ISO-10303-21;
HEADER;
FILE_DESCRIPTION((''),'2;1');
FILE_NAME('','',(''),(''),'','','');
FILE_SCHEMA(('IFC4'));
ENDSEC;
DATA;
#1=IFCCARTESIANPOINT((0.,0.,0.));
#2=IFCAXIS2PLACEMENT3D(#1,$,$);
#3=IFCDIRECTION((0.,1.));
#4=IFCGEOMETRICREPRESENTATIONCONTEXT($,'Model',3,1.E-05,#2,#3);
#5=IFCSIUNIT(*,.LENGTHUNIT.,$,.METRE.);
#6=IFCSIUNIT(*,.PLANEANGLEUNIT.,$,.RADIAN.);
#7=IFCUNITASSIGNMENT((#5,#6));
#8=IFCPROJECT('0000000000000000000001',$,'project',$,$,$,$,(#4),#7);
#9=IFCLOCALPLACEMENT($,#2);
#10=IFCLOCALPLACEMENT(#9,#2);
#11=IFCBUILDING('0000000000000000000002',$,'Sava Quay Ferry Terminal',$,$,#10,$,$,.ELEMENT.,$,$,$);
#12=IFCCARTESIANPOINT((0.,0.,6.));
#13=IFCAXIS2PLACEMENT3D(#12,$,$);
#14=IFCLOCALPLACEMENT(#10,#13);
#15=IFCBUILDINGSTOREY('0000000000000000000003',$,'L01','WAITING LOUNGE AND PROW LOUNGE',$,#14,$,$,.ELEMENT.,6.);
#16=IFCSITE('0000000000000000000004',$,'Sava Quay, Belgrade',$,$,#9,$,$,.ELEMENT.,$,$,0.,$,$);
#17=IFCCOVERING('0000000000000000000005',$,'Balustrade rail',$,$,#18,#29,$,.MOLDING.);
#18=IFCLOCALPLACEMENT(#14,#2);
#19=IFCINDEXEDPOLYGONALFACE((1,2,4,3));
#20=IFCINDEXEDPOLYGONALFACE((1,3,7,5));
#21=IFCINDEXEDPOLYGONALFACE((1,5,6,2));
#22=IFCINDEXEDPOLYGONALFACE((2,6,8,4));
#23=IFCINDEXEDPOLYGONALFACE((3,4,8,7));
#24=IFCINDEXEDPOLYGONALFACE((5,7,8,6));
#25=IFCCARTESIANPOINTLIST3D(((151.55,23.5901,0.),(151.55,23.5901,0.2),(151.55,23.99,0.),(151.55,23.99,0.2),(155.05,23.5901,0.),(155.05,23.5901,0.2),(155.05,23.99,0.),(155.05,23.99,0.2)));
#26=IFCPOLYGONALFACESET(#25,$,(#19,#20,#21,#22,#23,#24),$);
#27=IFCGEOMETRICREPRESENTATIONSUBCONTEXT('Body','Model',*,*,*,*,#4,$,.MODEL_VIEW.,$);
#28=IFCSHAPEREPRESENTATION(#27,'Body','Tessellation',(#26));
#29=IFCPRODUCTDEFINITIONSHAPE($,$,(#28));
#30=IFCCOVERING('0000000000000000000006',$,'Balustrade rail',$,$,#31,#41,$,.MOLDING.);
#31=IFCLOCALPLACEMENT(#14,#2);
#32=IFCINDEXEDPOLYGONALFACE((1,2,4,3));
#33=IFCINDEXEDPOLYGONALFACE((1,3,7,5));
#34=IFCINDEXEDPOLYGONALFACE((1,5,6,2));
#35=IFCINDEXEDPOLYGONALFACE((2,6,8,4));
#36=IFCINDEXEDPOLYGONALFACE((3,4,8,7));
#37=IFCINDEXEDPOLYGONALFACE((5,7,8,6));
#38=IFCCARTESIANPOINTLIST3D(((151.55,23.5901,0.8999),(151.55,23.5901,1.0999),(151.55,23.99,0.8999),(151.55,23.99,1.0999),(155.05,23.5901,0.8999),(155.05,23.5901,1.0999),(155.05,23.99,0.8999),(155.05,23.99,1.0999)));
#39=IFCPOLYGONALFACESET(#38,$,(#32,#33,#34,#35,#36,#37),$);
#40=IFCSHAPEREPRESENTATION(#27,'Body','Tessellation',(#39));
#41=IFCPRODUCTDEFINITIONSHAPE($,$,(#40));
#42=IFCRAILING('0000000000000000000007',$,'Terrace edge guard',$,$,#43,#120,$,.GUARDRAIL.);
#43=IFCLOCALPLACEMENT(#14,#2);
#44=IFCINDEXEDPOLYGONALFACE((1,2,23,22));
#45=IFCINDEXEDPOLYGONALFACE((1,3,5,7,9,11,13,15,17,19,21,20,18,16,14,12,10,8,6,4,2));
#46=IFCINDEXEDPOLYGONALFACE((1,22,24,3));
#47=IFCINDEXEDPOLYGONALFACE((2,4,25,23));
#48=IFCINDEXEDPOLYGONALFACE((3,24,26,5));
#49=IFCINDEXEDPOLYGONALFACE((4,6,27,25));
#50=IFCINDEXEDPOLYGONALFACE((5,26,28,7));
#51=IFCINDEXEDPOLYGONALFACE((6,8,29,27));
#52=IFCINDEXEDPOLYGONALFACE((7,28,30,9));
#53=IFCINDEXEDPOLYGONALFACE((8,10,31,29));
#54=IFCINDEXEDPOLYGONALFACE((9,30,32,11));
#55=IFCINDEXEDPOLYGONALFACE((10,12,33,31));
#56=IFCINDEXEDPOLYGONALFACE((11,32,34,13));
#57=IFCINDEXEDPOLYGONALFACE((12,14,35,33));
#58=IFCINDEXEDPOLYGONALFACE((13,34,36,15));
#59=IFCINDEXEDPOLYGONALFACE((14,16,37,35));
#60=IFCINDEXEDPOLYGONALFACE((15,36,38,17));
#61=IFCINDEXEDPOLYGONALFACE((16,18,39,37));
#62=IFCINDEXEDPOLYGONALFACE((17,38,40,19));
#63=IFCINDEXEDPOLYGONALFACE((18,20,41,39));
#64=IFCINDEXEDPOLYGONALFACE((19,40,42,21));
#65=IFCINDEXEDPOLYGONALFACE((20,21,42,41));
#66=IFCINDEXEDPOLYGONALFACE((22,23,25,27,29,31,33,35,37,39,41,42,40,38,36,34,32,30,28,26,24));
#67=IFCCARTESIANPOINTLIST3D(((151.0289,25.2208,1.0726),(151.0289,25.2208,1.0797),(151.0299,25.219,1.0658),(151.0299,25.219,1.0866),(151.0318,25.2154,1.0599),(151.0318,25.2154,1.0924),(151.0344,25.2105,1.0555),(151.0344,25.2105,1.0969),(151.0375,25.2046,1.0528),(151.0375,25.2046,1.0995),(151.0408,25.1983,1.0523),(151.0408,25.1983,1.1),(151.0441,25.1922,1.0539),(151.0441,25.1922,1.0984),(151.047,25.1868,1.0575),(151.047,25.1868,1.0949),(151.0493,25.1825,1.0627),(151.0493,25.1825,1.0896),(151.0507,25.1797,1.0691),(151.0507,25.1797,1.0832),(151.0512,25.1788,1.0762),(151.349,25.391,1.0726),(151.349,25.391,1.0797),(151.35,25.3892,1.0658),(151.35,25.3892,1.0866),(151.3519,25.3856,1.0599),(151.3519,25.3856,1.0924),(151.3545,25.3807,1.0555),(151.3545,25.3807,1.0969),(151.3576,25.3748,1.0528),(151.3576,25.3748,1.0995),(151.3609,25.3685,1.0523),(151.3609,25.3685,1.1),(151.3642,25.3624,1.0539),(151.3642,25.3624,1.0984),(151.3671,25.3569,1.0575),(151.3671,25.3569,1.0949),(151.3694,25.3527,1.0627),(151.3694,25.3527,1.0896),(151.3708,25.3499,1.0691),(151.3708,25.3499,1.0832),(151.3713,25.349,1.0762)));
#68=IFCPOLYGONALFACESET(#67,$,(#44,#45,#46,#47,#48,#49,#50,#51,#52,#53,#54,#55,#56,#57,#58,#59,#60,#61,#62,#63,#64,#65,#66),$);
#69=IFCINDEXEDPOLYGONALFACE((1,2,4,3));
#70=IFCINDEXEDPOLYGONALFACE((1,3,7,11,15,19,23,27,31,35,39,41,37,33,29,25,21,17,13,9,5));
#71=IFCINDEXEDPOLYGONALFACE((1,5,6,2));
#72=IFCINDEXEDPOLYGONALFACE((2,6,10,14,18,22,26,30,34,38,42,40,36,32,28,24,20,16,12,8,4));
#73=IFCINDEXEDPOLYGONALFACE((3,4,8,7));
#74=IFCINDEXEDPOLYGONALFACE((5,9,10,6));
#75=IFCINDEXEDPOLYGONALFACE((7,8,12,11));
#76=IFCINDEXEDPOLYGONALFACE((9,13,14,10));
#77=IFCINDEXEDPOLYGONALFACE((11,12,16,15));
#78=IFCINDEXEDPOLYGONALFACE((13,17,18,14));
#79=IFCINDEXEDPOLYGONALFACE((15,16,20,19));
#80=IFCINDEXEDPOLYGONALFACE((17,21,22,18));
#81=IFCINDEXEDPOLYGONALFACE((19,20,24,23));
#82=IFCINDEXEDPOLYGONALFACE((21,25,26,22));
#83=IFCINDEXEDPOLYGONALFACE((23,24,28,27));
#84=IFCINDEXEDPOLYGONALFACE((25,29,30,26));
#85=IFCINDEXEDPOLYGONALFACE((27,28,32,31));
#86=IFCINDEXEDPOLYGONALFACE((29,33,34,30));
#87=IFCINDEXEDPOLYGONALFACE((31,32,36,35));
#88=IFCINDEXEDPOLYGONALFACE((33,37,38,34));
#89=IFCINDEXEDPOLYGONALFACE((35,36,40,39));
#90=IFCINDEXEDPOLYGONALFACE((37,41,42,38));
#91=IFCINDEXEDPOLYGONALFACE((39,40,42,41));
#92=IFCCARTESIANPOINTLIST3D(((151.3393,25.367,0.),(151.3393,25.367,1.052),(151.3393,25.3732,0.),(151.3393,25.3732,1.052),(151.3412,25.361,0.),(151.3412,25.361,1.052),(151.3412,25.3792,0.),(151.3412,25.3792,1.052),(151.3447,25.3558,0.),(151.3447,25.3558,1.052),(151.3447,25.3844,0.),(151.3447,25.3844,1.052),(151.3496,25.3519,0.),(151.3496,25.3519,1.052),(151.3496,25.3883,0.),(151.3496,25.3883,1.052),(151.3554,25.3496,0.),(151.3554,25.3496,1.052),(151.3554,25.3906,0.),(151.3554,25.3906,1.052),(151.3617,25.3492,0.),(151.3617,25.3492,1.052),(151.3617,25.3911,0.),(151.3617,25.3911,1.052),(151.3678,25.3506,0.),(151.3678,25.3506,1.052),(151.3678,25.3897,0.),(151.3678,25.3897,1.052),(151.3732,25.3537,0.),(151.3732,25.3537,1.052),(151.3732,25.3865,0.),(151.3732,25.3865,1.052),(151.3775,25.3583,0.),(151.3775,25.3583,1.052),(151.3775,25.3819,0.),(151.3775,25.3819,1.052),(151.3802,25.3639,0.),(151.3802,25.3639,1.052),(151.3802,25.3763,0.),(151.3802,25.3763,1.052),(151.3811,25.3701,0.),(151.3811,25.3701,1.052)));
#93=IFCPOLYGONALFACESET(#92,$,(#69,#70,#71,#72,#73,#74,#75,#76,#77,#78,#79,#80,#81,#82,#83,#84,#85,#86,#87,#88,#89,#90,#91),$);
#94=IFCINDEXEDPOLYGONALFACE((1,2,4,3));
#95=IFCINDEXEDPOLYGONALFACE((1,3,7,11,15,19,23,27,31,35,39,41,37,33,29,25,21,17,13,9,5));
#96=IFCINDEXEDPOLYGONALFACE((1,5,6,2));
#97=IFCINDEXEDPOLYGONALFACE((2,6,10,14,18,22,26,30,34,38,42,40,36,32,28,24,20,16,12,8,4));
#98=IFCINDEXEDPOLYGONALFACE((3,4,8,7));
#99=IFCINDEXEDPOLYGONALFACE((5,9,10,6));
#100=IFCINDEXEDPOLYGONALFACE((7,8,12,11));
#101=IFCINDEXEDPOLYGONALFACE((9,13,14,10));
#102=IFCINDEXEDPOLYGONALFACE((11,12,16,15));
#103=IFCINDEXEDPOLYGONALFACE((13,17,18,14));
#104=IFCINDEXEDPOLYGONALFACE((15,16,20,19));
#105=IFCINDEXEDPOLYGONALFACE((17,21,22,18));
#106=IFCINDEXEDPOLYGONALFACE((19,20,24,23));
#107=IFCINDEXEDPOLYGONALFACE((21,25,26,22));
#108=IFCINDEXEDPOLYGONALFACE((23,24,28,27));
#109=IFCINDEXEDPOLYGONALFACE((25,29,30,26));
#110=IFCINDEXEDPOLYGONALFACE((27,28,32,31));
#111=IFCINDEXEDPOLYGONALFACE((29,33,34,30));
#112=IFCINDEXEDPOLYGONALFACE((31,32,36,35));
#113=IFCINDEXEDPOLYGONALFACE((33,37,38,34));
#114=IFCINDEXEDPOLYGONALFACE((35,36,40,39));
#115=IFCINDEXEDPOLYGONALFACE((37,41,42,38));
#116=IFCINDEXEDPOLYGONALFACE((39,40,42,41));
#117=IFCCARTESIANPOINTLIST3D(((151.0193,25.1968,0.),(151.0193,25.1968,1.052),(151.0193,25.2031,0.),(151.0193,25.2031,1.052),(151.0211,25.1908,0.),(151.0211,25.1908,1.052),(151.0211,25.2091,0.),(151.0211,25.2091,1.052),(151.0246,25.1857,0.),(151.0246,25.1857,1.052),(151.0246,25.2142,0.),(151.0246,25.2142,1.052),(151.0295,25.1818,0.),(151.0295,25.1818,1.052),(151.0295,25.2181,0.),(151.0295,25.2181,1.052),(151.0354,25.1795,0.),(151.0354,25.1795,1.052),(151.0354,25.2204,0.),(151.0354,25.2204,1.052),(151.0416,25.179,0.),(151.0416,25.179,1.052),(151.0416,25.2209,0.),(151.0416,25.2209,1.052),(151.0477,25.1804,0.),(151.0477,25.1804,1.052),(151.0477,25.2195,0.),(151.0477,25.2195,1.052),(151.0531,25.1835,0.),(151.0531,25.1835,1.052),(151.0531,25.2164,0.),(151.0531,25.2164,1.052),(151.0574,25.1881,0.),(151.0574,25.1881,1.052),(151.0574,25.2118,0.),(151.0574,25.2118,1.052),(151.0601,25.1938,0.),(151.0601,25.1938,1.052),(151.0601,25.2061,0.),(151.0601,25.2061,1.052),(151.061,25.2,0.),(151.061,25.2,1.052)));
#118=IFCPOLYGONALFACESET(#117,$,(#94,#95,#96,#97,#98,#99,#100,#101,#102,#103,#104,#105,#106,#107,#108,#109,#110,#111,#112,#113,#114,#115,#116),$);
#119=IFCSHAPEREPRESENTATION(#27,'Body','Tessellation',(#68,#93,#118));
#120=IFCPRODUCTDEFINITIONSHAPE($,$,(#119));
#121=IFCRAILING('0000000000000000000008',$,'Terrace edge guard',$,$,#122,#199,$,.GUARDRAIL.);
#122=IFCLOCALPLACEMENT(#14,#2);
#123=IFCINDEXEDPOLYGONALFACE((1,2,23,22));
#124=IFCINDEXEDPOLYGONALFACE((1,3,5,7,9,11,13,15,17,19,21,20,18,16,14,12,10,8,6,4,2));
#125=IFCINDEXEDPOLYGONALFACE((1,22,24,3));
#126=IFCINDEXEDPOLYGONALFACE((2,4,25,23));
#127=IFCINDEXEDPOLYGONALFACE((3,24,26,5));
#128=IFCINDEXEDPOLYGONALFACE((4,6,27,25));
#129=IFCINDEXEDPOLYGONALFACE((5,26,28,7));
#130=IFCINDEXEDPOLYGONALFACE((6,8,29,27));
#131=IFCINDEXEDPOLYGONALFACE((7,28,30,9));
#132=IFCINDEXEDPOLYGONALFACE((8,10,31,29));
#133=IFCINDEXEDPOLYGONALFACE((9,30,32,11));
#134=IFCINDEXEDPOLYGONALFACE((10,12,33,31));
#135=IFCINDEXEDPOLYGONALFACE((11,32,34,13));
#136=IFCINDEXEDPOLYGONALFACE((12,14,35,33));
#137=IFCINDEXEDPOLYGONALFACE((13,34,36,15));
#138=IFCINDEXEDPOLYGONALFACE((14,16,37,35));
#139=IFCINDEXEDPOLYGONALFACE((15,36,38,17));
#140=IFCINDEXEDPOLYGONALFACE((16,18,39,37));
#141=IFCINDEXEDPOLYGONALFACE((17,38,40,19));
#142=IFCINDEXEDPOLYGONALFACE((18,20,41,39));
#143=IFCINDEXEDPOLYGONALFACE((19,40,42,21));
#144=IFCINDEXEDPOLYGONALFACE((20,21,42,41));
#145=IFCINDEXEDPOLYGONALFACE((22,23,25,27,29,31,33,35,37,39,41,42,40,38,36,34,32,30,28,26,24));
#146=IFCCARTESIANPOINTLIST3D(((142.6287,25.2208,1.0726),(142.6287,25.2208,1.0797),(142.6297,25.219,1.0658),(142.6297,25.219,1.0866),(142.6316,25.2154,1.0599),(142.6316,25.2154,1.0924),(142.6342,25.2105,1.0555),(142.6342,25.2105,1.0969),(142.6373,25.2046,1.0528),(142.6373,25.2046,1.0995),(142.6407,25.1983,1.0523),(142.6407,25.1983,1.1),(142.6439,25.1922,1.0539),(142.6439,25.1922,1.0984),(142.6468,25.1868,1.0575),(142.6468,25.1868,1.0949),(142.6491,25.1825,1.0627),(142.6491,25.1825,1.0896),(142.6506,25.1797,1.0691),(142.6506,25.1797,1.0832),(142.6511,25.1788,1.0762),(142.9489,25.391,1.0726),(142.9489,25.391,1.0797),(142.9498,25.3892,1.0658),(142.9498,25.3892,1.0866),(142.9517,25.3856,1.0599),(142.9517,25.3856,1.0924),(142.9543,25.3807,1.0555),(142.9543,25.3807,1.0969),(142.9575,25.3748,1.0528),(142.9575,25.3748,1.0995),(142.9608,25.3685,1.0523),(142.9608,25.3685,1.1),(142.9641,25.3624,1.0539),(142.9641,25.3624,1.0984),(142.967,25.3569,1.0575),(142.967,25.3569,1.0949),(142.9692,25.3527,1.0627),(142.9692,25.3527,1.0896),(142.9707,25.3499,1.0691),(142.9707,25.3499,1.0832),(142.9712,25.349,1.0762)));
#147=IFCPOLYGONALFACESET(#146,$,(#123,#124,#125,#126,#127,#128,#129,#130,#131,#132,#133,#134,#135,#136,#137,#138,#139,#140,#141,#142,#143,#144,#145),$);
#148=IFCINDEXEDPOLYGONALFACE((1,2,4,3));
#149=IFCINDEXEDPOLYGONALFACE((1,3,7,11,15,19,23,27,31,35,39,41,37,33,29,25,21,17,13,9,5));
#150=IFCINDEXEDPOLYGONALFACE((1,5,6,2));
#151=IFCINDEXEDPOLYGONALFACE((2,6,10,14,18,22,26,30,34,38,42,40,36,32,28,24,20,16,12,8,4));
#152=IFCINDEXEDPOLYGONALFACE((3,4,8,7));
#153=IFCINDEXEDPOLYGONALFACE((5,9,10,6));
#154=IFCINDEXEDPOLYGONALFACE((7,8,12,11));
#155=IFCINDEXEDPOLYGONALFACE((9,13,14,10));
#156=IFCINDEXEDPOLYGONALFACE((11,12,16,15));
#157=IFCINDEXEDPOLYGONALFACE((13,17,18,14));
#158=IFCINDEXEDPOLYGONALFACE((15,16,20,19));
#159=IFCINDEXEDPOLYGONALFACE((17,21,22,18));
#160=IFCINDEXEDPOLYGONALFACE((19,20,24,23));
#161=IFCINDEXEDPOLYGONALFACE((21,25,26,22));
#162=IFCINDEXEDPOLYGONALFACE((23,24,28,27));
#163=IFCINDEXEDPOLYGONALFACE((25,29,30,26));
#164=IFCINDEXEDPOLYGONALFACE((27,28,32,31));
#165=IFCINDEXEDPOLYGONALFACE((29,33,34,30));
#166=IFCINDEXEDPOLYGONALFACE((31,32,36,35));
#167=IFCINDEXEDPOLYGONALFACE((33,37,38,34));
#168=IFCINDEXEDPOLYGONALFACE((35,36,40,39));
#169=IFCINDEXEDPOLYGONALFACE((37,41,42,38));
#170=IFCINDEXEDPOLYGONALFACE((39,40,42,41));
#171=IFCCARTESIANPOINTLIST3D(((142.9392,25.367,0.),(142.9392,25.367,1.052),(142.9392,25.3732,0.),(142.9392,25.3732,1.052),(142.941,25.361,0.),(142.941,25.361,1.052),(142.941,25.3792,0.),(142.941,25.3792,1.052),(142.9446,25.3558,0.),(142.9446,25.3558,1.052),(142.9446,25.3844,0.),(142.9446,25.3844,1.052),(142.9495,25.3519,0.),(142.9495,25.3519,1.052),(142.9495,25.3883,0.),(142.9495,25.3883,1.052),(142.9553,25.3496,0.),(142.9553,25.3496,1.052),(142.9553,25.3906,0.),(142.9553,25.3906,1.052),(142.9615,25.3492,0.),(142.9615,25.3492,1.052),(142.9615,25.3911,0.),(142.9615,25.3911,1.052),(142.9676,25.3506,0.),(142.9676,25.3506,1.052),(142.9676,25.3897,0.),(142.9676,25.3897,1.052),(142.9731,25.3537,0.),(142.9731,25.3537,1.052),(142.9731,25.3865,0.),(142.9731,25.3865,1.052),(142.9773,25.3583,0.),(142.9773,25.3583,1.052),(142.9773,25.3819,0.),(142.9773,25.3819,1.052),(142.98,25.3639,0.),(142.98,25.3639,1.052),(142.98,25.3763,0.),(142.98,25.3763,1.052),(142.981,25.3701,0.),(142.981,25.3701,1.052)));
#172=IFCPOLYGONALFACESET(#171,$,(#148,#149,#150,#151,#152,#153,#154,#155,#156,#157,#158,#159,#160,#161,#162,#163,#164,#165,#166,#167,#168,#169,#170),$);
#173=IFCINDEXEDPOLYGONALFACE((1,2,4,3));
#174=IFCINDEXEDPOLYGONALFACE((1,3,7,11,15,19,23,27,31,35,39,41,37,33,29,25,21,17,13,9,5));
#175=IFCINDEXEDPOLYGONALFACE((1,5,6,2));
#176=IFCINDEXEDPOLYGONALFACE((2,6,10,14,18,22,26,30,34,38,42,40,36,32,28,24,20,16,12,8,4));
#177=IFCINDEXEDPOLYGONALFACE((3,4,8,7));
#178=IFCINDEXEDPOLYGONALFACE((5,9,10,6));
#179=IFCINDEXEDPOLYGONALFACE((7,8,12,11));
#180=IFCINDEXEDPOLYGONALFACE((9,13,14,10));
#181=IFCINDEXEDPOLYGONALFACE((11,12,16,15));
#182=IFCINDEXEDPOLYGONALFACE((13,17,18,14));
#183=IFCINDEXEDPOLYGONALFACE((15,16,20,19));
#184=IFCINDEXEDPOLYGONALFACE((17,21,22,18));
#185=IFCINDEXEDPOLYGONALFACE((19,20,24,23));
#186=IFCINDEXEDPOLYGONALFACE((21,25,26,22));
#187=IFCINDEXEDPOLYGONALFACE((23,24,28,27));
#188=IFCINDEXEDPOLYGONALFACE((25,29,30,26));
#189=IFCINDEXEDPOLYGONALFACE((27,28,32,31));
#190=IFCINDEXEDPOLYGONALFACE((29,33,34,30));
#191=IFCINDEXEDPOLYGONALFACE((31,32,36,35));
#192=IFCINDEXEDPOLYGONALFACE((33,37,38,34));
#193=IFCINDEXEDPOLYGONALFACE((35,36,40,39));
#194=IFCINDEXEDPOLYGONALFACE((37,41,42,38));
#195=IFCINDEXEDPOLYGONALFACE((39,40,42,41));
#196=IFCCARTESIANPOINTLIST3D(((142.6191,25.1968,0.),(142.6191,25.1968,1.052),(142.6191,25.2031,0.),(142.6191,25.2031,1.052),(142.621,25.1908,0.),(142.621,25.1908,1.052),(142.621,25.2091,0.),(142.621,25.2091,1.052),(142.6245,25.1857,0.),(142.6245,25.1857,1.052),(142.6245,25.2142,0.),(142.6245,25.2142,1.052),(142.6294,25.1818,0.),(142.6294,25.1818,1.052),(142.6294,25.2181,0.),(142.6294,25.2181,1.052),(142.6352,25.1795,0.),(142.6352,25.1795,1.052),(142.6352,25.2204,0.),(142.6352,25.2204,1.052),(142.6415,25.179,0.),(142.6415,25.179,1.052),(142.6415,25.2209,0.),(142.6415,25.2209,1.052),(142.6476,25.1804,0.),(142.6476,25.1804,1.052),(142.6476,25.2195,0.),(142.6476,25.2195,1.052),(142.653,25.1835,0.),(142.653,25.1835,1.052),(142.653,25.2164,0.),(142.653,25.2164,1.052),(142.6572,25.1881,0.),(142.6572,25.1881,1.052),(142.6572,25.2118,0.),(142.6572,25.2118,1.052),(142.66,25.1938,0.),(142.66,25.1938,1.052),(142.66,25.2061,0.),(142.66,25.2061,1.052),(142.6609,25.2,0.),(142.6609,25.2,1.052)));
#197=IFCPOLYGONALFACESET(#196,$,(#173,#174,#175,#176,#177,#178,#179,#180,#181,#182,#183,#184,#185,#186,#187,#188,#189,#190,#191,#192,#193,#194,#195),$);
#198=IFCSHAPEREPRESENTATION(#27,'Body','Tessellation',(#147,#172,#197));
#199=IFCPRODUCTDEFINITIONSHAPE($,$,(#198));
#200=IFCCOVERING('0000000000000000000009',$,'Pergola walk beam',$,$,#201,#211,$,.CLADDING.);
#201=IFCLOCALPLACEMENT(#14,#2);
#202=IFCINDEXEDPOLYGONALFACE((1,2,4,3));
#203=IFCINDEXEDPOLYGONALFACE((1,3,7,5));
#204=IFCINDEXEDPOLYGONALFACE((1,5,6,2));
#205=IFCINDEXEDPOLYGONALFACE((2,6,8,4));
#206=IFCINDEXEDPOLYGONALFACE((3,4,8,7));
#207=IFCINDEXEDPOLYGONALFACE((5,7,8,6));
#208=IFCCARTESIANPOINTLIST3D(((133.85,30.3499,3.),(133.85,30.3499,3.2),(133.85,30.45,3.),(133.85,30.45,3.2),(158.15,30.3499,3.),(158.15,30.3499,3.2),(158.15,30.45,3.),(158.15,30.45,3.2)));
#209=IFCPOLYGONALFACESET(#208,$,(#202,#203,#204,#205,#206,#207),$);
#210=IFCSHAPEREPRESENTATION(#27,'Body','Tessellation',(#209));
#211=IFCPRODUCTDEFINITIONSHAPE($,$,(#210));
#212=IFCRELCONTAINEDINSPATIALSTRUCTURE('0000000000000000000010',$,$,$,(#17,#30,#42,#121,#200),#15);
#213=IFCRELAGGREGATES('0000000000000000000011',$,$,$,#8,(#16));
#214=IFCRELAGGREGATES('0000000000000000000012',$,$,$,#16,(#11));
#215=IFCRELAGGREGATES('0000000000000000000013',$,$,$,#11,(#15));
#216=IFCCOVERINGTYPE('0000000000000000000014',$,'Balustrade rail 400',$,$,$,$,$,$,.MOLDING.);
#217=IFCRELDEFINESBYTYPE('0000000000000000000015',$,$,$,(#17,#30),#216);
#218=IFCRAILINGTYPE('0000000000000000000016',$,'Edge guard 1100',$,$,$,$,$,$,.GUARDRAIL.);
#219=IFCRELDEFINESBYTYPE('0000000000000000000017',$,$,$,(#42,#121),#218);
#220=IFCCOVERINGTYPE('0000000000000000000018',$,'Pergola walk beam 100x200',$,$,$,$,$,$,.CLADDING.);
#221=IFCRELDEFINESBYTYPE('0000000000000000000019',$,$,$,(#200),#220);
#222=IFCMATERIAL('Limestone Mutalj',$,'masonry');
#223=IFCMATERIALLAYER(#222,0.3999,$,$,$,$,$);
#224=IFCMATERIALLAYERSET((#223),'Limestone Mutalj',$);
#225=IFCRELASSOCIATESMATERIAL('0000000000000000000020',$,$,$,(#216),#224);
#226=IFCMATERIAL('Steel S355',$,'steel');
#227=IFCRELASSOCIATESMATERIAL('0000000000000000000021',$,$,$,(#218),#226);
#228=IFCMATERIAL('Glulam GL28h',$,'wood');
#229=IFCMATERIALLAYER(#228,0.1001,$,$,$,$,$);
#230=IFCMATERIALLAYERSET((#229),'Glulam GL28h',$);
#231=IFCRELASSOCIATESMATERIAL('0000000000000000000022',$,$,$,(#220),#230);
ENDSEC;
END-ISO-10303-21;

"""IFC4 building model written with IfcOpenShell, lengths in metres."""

from ifc_helpers import new_model, si_unit, direction, frame, origin, origin_2d, place, context, subcontext, project, spatial, rectangle, circle, extrude, material, layer, layer_set, type_object, element, save


model = new_model("IFC4")

# Units and contexts
model_context = context("Model", 3, precision=1e-05, world=origin(), true_north=direction((0.0, 1.0)))
body_context = subcontext(model_context, "Body", "Model", "MODEL_VIEW")
ifc_project = project(units=[si_unit("LENGTHUNIT", "METRE"), si_unit("PLANEANGLEUNIT", "RADIAN")], contexts=[model_context])

# Site, building, storey
site_placement = place(None, origin())
site = spatial("IfcSite", under=ifc_project, at=site_placement, Name="Sava Quay, Belgrade", CompositionType="ELEMENT", RefElevation=0.0)
building_placement = place(site_placement, origin())
building = spatial("IfcBuilding", under=site, at=building_placement, Name="Sava Quay Ferry Terminal", CompositionType="ELEMENT")
storey_placement = place(building_placement, frame((0.0, 0.0, 6.0)))
storey = spatial("IfcBuildingStorey", under=building, at=storey_placement, Name="L01", Description="WAITING LOUNGE AND PROW LOUNGE", CompositionType="ELEMENT", Elevation=6.0)

# Coverings
ifc_material_1 = material(Name="Limestone Mutalj", Category="masonry")
ifc_layer_1 = layer(ifc_material_1, 0.3999)
ifc_layer_set_1 = layer_set([ifc_layer_1], Name="Limestone Mutalj")
covering_type_1 = type_object("IfcCoveringType", Name="Balustrade rail 400", PredefinedType="MOLDING", material=ifc_layer_set_1)
for number, where, z_axis, x_axis, name in (
    (1, (153.3, 23.79, 0.0), (0.0, 0.0, 1.0), (1.0, 0.0, 0.0), "Balustrade rail"),
    (2, (153.3, 23.79, 0.8999), (0.0, 0.0, 1.0), (1.0, 0.0, 0.0), "Balustrade rail"),
):
    element("IfcCovering", number, at=place(storey_placement, frame(where, z_axis=z_axis, x_axis=x_axis)), inside=storey, type_object=covering_type_1, Name=name, PredefinedType="MOLDING", context=body_context, shape_type="SweptSolid", body=[
        extrude(rectangle(XDim=3.5, YDim=0.3999, at=origin_2d()), origin(), (0.0, 0.0, 1.0), 0.2),
    ])

# Railings
ifc_material_2 = material(Name="Steel S355", Category="steel")
railing_type = type_object("IfcRailingType", Name="Edge guard 1100", PredefinedType="GUARDRAIL", material=ifc_material_2)
railing_1_placement = place(storey_placement, frame((151.3601, 25.3701, 0.0)))
element("IfcRailing", 3, at=railing_1_placement, inside=storey, type_object=railing_type, Name="Terrace edge guard", PredefinedType="GUARDRAIL", context=body_context, shape_type="SweptSolid", body=[
    extrude(circle(Radius=0.0239, at=origin_2d()), frame((0.0, 0.0, 1.0762), z_axis=(-0.882967, -0.469434, 0.0), x_axis=(0.469434, -0.882967, 0.0)), (0.0, 0.0, 1.0), 0.3625),
    extrude(circle(Radius=0.021, at=origin_2d()), origin(), (0.0, 0.0, 1.0), 1.052),
    extrude(circle(Radius=0.021, at=origin_2d()), frame((-0.3201, -0.1702, 0.0)), (0.0, 0.0, 1.0), 1.052),
])
railing_2_placement = place(storey_placement, frame((142.96, 25.3701, 0.0)))
element("IfcRailing", 4, at=railing_2_placement, inside=storey, type_object=railing_type, Name="Terrace edge guard", PredefinedType="GUARDRAIL", context=body_context, shape_type="SweptSolid", body=[
    extrude(circle(Radius=0.0239, at=origin_2d()), frame((0.0, 0.0, 1.0762), z_axis=(-0.882967, -0.469434, 0.0), x_axis=(0.469434, -0.882967, 0.0)), (0.0, 0.0, 1.0), 0.3625),
    extrude(circle(Radius=0.021, at=origin_2d()), origin(), (0.0, 0.0, 1.0), 1.052),
    extrude(circle(Radius=0.021, at=origin_2d()), frame((-0.3201, -0.1702, 0.0)), (0.0, 0.0, 1.0), 1.052),
])

# Covering
ifc_material_3 = material(Name="Glulam GL28h", Category="wood")
ifc_layer_2 = layer(ifc_material_3, 0.1001)
ifc_layer_set_2 = layer_set([ifc_layer_2], Name="Glulam GL28h")
covering_type_2 = type_object("IfcCoveringType", Name="Pergola walk beam 100x200", PredefinedType="CLADDING", material=ifc_layer_set_2)
covering_placement = place(storey_placement, frame((146.0, 30.3999, 3.0), z_axis=(0.0, 0.0, 1.0), x_axis=(1.0, 0.0, 0.0)))
element("IfcCovering", 5, at=covering_placement, inside=storey, type_object=covering_type_2, Name="Pergola walk beam", PredefinedType="CLADDING", context=body_context, shape_type="SweptSolid", body=[
    extrude(rectangle(XDim=24.3, YDim=0.1001, at=origin_2d()), origin(), (0.0, 0.0, 1.0), 0.2),
])

save(model, "model.ifc")
